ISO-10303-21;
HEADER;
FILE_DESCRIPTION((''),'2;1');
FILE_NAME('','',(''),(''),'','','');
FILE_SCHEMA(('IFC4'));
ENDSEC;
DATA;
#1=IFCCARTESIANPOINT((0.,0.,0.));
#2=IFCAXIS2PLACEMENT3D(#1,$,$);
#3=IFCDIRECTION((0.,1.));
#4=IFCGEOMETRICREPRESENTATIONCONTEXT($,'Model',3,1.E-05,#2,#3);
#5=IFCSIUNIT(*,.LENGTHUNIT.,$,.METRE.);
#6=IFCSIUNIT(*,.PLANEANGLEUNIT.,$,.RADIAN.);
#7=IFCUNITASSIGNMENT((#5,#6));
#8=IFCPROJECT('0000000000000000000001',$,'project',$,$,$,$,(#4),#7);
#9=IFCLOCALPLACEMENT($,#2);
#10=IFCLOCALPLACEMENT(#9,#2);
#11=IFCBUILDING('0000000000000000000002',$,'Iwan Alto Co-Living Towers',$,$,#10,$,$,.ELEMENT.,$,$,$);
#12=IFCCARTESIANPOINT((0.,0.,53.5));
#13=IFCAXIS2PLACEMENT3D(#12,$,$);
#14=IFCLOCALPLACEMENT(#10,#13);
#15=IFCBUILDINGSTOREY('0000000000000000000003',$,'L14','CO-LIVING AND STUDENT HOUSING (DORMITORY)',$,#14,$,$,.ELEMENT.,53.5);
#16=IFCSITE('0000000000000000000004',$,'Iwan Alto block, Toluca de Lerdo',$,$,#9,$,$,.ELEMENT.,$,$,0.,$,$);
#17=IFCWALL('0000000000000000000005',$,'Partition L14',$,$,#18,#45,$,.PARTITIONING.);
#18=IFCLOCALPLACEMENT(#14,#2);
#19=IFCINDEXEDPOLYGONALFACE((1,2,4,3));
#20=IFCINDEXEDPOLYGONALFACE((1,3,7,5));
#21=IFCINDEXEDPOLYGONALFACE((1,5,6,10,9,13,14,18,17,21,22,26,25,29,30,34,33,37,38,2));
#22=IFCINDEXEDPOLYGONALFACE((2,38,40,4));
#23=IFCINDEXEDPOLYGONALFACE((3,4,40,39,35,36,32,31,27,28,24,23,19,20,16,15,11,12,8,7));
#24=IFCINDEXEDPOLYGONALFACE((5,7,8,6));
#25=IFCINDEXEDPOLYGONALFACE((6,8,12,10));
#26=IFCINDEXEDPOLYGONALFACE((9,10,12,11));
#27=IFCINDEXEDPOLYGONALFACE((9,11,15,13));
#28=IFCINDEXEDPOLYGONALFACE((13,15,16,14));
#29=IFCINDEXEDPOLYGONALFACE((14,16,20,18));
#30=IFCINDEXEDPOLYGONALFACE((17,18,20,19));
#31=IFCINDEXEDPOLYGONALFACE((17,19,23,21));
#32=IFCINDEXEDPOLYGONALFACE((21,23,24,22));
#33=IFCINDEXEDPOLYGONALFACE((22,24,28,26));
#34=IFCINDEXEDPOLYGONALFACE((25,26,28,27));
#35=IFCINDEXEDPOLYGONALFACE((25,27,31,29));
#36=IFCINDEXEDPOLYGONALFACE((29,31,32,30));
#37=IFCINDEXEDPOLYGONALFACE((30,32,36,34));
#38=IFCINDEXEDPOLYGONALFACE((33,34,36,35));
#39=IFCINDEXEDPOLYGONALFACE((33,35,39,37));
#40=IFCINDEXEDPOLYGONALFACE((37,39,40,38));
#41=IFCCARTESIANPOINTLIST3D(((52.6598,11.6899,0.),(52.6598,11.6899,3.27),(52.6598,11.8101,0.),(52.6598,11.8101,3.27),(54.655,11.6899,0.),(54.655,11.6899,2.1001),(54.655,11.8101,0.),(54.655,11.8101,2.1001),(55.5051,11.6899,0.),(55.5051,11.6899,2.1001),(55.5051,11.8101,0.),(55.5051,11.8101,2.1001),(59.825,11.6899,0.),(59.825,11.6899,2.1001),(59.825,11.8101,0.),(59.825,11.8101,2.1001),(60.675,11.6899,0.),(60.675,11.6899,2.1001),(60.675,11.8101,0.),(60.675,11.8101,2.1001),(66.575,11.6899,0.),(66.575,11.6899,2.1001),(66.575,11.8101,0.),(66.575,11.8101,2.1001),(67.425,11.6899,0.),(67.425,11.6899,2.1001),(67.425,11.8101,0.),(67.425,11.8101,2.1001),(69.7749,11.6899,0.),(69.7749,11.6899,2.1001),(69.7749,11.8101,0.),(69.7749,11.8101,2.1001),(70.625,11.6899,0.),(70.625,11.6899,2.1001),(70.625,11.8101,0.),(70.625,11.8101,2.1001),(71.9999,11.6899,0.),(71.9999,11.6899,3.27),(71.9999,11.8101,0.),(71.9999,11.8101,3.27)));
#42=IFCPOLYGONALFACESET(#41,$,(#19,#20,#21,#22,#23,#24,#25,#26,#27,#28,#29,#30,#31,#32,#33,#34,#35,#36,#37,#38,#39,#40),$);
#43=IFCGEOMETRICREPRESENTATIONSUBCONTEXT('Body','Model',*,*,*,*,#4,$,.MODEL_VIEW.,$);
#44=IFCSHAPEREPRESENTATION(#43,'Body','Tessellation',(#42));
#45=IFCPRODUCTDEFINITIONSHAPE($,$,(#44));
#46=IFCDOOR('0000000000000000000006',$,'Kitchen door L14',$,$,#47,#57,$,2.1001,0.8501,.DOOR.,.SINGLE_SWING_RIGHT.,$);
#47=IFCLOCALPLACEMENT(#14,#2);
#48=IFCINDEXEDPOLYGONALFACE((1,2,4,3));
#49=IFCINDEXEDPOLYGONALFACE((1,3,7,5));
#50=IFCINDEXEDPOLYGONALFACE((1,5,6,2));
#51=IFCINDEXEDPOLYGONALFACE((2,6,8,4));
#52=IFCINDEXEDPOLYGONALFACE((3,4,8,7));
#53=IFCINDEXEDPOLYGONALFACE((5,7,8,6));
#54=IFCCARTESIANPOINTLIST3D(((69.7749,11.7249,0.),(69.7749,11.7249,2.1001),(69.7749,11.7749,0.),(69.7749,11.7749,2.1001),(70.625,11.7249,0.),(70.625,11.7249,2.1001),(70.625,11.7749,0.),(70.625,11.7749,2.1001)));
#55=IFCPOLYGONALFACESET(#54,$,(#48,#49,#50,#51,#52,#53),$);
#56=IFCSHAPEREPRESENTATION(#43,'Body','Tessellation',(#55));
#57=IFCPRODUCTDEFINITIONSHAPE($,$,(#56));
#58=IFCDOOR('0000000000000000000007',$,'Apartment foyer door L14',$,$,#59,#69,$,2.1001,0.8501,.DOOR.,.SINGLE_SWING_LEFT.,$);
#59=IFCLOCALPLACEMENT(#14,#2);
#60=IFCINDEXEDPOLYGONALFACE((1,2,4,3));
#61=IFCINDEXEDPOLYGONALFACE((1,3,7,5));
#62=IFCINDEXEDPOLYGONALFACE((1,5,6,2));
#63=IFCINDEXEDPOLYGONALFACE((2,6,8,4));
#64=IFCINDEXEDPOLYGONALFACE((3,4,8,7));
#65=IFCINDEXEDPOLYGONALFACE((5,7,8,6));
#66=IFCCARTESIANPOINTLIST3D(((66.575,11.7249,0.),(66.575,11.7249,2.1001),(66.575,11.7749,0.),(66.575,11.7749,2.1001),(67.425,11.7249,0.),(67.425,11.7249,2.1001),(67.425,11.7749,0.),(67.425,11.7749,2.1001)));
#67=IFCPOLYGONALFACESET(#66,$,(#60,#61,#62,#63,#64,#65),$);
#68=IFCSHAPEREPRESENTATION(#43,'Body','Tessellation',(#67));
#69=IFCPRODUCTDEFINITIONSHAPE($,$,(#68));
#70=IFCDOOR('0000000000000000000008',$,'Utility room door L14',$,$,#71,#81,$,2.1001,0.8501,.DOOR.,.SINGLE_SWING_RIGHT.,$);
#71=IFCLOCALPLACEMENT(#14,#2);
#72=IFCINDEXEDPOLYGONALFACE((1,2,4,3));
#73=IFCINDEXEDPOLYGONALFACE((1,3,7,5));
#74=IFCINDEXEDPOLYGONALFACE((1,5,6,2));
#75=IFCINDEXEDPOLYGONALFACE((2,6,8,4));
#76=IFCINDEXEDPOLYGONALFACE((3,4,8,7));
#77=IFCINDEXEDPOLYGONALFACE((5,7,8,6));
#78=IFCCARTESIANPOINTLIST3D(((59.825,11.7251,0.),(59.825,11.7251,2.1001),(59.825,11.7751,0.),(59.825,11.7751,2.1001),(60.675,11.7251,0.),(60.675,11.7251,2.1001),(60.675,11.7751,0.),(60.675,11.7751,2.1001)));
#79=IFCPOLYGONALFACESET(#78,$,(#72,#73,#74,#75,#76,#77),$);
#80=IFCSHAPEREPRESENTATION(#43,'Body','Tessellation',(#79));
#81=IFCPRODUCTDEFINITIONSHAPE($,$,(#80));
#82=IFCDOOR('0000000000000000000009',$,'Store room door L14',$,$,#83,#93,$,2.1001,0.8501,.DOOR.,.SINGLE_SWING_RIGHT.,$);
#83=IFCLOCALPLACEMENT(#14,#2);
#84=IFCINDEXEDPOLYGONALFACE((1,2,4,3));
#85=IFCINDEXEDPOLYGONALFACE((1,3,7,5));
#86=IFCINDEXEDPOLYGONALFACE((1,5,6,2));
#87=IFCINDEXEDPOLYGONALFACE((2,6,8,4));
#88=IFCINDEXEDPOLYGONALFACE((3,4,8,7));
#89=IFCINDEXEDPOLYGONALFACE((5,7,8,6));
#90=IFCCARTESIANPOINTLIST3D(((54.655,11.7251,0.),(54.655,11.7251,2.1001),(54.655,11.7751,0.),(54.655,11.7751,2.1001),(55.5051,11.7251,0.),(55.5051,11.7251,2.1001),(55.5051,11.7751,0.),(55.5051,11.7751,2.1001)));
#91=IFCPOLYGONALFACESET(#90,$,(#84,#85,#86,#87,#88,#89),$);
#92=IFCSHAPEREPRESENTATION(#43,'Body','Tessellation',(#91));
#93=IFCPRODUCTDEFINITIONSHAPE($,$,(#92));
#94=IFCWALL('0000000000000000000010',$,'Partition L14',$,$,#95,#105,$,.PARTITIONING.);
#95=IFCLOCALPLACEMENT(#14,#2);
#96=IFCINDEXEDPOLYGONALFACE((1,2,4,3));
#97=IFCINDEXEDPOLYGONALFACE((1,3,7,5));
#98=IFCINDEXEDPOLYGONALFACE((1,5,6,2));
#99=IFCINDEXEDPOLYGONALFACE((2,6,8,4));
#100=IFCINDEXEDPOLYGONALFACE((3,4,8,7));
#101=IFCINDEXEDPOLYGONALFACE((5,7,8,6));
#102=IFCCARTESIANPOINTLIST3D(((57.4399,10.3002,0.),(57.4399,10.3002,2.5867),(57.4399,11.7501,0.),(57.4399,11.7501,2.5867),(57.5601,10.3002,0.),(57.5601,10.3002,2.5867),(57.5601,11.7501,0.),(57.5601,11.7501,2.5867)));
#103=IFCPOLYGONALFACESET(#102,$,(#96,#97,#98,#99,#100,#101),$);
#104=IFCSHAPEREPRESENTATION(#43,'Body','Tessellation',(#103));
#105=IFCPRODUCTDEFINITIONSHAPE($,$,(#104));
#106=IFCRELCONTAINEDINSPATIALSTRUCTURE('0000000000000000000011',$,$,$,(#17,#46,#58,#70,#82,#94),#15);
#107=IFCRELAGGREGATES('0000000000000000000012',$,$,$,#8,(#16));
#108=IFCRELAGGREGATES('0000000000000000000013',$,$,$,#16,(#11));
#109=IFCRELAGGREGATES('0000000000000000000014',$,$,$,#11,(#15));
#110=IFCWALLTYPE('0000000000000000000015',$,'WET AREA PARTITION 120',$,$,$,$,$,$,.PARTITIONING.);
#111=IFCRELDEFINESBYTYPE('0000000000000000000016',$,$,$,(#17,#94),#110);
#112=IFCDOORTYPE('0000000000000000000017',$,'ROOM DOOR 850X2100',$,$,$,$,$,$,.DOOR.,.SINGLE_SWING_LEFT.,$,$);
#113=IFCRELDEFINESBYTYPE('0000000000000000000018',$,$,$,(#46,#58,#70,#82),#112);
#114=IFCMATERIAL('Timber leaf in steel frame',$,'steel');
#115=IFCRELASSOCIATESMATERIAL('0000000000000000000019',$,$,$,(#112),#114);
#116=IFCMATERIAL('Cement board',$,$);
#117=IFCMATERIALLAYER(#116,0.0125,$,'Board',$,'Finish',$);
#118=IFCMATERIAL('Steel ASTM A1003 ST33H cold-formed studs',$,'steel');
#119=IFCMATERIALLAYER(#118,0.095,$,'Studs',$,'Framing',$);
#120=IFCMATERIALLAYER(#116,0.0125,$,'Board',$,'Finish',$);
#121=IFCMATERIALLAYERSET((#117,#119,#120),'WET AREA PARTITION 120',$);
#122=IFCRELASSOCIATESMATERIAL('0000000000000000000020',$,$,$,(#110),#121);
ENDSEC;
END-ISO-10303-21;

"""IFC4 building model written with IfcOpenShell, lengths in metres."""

from ifc_helpers import new_model, si_unit, direction, frame, frame_2d, origin, place, context, subcontext, project, spatial, rectangle, extrude, material, layer, layer_set, type_object, element, fill, save


model = new_model("IFC4")

# Units and contexts
model_context = context("Model", 3, precision=1e-05, world=origin(), true_north=direction((0.0, 1.0)))
body_context = subcontext(model_context, "Body", "Model", "MODEL_VIEW")
ifc_project = project(units=[si_unit("LENGTHUNIT", "METRE"), si_unit("PLANEANGLEUNIT", "RADIAN")], contexts=[model_context])

# Site, building, storey
site_placement = place(None, origin())
site = spatial("IfcSite", under=ifc_project, at=site_placement, Name="Iwan Alto block, Toluca de Lerdo", CompositionType="ELEMENT", RefElevation=0.0)
building_placement = place(site_placement, origin())
building = spatial("IfcBuilding", under=site, at=building_placement, Name="Iwan Alto Co-Living Towers", CompositionType="ELEMENT")
storey_placement = place(building_placement, frame((0.0, 0.0, 53.5)))
storey = spatial("IfcBuildingStorey", under=building, at=storey_placement, Name="L14", Description="CO-LIVING AND STUDENT HOUSING (DORMITORY)", CompositionType="ELEMENT", Elevation=53.5)

# Shared definitions
ifc_material_1 = material(Name="Steel ASTM A1003 ST33H cold-formed studs", Category="steel")

# Shared definitions
ifc_material_2 = material(Name="Timber leaf in steel frame", Category="steel")
door_type_1 = type_object("IfcDoorType", Name="ROOM DOOR 850X2100", OperationType="SINGLE_SWING_LEFT", PredefinedType="DOOR", material=ifc_material_2)

# Wall, openings, doors
ifc_material_3 = material(Name="Cement board")
ifc_layer_1 = layer(ifc_material_3, 0.0125, Name="Board", Category="Finish")
ifc_layer_2 = layer(ifc_material_1, 0.095, Name="Studs", Category="Framing")
ifc_layer_3 = layer(ifc_material_3, 0.0125, Name="Board", Category="Finish")
ifc_layer_set_1 = layer_set([ifc_layer_1, ifc_layer_2, ifc_layer_3], Name="WET AREA PARTITION 120")
wall_type_1 = type_object("IfcWallType", Name="WET AREA PARTITION 120", PredefinedType="PARTITIONING", material=ifc_layer_set_1)
wall_1_placement = place(storey_placement, frame((52.6599, 11.75, 0.0), z_axis=(0.0, 0.0, 1.0), x_axis=(1.0, 0.0, 0.0)))
wall_1 = element("IfcWall", 1, at=wall_1_placement, inside=storey, type_object=wall_type_1, Name="Partition L14", PredefinedType="PARTITIONING", context=body_context, shape_type="SweptSolid", body=[
    extrude(rectangle(XDim=19.3401, YDim=0.1201, at=frame_2d((9.6699, 0.0))), origin(), (0.0, 0.0, 1.0), 3.27),
])
opening_1_placement = place(wall_1_placement, frame((17.115, 0.0, 0.0)))
opening_1 = element("IfcOpeningElement", 2, at=opening_1_placement, cuts=wall_1, PredefinedType="OPENING", context=body_context, shape_type="SweptSolid", body=[
    extrude(rectangle(XDim=0.8501, YDim=2.1001, at=frame_2d((0.425, 1.05))), frame((0.0, 0.0701, 0.0), z_axis=(0.0, -1.0, 0.0), x_axis=(1.0, 0.0, 0.0)), (0.0, 0.0, 1.0), 0.1401),
])
opening_2_placement = place(wall_1_placement, frame((13.915, 0.0, 0.0)))
opening_2 = element("IfcOpeningElement", 3, at=opening_2_placement, cuts=wall_1, PredefinedType="OPENING", context=body_context, shape_type="SweptSolid", body=[
    extrude(rectangle(XDim=0.8501, YDim=2.1001, at=frame_2d((0.425, 1.05))), frame((0.0, 0.0701, 0.0), z_axis=(0.0, -1.0, 0.0), x_axis=(1.0, 0.0, 0.0)), (0.0, 0.0, 1.0), 0.1401),
])
opening_3_placement = place(wall_1_placement, frame((7.165, 0.0, 0.0)))
opening_3 = element("IfcOpeningElement", 4, at=opening_3_placement, cuts=wall_1, PredefinedType="OPENING", context=body_context, shape_type="SweptSolid", body=[
    extrude(rectangle(XDim=0.8501, YDim=2.1001, at=frame_2d((0.425, 1.05))), frame((0.0, 0.0701, 0.0), z_axis=(0.0, -1.0, 0.0), x_axis=(1.0, 0.0, 0.0)), (0.0, 0.0, 1.0), 0.1401),
])
opening_4_placement = place(wall_1_placement, frame((1.9951, 0.0, 0.0)))
opening_4 = element("IfcOpeningElement", 5, at=opening_4_placement, cuts=wall_1, PredefinedType="OPENING", context=body_context, shape_type="SweptSolid", body=[
    extrude(rectangle(XDim=0.8501, YDim=2.1001, at=frame_2d((0.425, 1.05))), frame((0.0, 0.0701, 0.0), z_axis=(0.0, -1.0, 0.0), x_axis=(1.0, 0.0, 0.0)), (0.0, 0.0, 1.0), 0.1401),
])
door_1_placement = place(opening_1_placement, origin())
door_1 = element("IfcDoor", 6, at=door_1_placement, inside=storey, type_object=door_type_1, Name="Kitchen door L14", OperationType="SINGLE_SWING_RIGHT", OverallHeight=2.1001, OverallWidth=0.8501, PredefinedType="DOOR", context=body_context, shape_type="SweptSolid", body=[
    extrude(rectangle(XDim=0.8501, YDim=2.1001, at=frame_2d((0.425, 1.05))), frame((0.0, 0.0249, 0.0), z_axis=(0.0, -1.0, 0.0), x_axis=(1.0, 0.0, 0.0)), (0.0, 0.0, 1.0), 0.05),
])
fill(opening_1, door_1)
door_2_placement = place(opening_2_placement, origin())
door_2 = element("IfcDoor", 7, at=door_2_placement, inside=storey, type_object=door_type_1, Name="Apartment foyer door L14", OperationType="SINGLE_SWING_LEFT", OverallHeight=2.1001, OverallWidth=0.8501, PredefinedType="DOOR", context=body_context, shape_type="SweptSolid", body=[
    extrude(rectangle(XDim=0.8501, YDim=2.1001, at=frame_2d((0.425, 1.05))), frame((0.0, 0.0249, 0.0), z_axis=(0.0, -1.0, 0.0), x_axis=(1.0, 0.0, 0.0)), (0.0, 0.0, 1.0), 0.05),
])
fill(opening_2, door_2)
door_3_placement = place(opening_3_placement, frame((0.8501, 0.0, 0.0), z_axis=(0.0, 0.0, 1.0), x_axis=(-1.0, 0.0, 0.0)))
door_3 = element("IfcDoor", 8, at=door_3_placement, inside=storey, type_object=door_type_1, Name="Utility room door L14", OperationType="SINGLE_SWING_RIGHT", OverallHeight=2.1001, OverallWidth=0.8501, PredefinedType="DOOR", context=body_context, shape_type="SweptSolid", body=[
    extrude(rectangle(XDim=0.8501, YDim=2.1001, at=frame_2d((0.425, 1.05))), frame((0.0, 0.0249, 0.0), z_axis=(0.0, -1.0, 0.0), x_axis=(1.0, 0.0, 0.0)), (0.0, 0.0, 1.0), 0.05),
])
fill(opening_3, door_3)
door_4_placement = place(opening_4_placement, frame((0.8501, 0.0, 0.0), z_axis=(0.0, 0.0, 1.0), x_axis=(-1.0, 0.0, 0.0)))
door_4 = element("IfcDoor", 9, at=door_4_placement, inside=storey, type_object=door_type_1, Name="Store room door L14", OperationType="SINGLE_SWING_RIGHT", OverallHeight=2.1001, OverallWidth=0.8501, PredefinedType="DOOR", context=body_context, shape_type="SweptSolid", body=[
    extrude(rectangle(XDim=0.8501, YDim=2.1001, at=frame_2d((0.425, 1.05))), frame((0.0, 0.0249, 0.0), z_axis=(0.0, -1.0, 0.0), x_axis=(1.0, 0.0, 0.0)), (0.0, 0.0, 1.0), 0.05),
])
fill(opening_4, door_4)

# Wall
wall_2_placement = place(storey_placement, frame((57.5, 10.3, 0.0), z_axis=(0.0, 0.0, 1.0), x_axis=(0.0, 1.0, 0.0)))
element("IfcWall", 10, at=wall_2_placement, inside=storey, type_object=wall_type_1, Name="Partition L14", PredefinedType="PARTITIONING", context=body_context, shape_type="SweptSolid", body=[
    extrude(rectangle(XDim=1.45, YDim=0.1201, at=frame_2d((0.7251, 0.0))), origin(), (0.0, 0.0, 1.0), 2.5867),
])

save(model, "model.ifc")
